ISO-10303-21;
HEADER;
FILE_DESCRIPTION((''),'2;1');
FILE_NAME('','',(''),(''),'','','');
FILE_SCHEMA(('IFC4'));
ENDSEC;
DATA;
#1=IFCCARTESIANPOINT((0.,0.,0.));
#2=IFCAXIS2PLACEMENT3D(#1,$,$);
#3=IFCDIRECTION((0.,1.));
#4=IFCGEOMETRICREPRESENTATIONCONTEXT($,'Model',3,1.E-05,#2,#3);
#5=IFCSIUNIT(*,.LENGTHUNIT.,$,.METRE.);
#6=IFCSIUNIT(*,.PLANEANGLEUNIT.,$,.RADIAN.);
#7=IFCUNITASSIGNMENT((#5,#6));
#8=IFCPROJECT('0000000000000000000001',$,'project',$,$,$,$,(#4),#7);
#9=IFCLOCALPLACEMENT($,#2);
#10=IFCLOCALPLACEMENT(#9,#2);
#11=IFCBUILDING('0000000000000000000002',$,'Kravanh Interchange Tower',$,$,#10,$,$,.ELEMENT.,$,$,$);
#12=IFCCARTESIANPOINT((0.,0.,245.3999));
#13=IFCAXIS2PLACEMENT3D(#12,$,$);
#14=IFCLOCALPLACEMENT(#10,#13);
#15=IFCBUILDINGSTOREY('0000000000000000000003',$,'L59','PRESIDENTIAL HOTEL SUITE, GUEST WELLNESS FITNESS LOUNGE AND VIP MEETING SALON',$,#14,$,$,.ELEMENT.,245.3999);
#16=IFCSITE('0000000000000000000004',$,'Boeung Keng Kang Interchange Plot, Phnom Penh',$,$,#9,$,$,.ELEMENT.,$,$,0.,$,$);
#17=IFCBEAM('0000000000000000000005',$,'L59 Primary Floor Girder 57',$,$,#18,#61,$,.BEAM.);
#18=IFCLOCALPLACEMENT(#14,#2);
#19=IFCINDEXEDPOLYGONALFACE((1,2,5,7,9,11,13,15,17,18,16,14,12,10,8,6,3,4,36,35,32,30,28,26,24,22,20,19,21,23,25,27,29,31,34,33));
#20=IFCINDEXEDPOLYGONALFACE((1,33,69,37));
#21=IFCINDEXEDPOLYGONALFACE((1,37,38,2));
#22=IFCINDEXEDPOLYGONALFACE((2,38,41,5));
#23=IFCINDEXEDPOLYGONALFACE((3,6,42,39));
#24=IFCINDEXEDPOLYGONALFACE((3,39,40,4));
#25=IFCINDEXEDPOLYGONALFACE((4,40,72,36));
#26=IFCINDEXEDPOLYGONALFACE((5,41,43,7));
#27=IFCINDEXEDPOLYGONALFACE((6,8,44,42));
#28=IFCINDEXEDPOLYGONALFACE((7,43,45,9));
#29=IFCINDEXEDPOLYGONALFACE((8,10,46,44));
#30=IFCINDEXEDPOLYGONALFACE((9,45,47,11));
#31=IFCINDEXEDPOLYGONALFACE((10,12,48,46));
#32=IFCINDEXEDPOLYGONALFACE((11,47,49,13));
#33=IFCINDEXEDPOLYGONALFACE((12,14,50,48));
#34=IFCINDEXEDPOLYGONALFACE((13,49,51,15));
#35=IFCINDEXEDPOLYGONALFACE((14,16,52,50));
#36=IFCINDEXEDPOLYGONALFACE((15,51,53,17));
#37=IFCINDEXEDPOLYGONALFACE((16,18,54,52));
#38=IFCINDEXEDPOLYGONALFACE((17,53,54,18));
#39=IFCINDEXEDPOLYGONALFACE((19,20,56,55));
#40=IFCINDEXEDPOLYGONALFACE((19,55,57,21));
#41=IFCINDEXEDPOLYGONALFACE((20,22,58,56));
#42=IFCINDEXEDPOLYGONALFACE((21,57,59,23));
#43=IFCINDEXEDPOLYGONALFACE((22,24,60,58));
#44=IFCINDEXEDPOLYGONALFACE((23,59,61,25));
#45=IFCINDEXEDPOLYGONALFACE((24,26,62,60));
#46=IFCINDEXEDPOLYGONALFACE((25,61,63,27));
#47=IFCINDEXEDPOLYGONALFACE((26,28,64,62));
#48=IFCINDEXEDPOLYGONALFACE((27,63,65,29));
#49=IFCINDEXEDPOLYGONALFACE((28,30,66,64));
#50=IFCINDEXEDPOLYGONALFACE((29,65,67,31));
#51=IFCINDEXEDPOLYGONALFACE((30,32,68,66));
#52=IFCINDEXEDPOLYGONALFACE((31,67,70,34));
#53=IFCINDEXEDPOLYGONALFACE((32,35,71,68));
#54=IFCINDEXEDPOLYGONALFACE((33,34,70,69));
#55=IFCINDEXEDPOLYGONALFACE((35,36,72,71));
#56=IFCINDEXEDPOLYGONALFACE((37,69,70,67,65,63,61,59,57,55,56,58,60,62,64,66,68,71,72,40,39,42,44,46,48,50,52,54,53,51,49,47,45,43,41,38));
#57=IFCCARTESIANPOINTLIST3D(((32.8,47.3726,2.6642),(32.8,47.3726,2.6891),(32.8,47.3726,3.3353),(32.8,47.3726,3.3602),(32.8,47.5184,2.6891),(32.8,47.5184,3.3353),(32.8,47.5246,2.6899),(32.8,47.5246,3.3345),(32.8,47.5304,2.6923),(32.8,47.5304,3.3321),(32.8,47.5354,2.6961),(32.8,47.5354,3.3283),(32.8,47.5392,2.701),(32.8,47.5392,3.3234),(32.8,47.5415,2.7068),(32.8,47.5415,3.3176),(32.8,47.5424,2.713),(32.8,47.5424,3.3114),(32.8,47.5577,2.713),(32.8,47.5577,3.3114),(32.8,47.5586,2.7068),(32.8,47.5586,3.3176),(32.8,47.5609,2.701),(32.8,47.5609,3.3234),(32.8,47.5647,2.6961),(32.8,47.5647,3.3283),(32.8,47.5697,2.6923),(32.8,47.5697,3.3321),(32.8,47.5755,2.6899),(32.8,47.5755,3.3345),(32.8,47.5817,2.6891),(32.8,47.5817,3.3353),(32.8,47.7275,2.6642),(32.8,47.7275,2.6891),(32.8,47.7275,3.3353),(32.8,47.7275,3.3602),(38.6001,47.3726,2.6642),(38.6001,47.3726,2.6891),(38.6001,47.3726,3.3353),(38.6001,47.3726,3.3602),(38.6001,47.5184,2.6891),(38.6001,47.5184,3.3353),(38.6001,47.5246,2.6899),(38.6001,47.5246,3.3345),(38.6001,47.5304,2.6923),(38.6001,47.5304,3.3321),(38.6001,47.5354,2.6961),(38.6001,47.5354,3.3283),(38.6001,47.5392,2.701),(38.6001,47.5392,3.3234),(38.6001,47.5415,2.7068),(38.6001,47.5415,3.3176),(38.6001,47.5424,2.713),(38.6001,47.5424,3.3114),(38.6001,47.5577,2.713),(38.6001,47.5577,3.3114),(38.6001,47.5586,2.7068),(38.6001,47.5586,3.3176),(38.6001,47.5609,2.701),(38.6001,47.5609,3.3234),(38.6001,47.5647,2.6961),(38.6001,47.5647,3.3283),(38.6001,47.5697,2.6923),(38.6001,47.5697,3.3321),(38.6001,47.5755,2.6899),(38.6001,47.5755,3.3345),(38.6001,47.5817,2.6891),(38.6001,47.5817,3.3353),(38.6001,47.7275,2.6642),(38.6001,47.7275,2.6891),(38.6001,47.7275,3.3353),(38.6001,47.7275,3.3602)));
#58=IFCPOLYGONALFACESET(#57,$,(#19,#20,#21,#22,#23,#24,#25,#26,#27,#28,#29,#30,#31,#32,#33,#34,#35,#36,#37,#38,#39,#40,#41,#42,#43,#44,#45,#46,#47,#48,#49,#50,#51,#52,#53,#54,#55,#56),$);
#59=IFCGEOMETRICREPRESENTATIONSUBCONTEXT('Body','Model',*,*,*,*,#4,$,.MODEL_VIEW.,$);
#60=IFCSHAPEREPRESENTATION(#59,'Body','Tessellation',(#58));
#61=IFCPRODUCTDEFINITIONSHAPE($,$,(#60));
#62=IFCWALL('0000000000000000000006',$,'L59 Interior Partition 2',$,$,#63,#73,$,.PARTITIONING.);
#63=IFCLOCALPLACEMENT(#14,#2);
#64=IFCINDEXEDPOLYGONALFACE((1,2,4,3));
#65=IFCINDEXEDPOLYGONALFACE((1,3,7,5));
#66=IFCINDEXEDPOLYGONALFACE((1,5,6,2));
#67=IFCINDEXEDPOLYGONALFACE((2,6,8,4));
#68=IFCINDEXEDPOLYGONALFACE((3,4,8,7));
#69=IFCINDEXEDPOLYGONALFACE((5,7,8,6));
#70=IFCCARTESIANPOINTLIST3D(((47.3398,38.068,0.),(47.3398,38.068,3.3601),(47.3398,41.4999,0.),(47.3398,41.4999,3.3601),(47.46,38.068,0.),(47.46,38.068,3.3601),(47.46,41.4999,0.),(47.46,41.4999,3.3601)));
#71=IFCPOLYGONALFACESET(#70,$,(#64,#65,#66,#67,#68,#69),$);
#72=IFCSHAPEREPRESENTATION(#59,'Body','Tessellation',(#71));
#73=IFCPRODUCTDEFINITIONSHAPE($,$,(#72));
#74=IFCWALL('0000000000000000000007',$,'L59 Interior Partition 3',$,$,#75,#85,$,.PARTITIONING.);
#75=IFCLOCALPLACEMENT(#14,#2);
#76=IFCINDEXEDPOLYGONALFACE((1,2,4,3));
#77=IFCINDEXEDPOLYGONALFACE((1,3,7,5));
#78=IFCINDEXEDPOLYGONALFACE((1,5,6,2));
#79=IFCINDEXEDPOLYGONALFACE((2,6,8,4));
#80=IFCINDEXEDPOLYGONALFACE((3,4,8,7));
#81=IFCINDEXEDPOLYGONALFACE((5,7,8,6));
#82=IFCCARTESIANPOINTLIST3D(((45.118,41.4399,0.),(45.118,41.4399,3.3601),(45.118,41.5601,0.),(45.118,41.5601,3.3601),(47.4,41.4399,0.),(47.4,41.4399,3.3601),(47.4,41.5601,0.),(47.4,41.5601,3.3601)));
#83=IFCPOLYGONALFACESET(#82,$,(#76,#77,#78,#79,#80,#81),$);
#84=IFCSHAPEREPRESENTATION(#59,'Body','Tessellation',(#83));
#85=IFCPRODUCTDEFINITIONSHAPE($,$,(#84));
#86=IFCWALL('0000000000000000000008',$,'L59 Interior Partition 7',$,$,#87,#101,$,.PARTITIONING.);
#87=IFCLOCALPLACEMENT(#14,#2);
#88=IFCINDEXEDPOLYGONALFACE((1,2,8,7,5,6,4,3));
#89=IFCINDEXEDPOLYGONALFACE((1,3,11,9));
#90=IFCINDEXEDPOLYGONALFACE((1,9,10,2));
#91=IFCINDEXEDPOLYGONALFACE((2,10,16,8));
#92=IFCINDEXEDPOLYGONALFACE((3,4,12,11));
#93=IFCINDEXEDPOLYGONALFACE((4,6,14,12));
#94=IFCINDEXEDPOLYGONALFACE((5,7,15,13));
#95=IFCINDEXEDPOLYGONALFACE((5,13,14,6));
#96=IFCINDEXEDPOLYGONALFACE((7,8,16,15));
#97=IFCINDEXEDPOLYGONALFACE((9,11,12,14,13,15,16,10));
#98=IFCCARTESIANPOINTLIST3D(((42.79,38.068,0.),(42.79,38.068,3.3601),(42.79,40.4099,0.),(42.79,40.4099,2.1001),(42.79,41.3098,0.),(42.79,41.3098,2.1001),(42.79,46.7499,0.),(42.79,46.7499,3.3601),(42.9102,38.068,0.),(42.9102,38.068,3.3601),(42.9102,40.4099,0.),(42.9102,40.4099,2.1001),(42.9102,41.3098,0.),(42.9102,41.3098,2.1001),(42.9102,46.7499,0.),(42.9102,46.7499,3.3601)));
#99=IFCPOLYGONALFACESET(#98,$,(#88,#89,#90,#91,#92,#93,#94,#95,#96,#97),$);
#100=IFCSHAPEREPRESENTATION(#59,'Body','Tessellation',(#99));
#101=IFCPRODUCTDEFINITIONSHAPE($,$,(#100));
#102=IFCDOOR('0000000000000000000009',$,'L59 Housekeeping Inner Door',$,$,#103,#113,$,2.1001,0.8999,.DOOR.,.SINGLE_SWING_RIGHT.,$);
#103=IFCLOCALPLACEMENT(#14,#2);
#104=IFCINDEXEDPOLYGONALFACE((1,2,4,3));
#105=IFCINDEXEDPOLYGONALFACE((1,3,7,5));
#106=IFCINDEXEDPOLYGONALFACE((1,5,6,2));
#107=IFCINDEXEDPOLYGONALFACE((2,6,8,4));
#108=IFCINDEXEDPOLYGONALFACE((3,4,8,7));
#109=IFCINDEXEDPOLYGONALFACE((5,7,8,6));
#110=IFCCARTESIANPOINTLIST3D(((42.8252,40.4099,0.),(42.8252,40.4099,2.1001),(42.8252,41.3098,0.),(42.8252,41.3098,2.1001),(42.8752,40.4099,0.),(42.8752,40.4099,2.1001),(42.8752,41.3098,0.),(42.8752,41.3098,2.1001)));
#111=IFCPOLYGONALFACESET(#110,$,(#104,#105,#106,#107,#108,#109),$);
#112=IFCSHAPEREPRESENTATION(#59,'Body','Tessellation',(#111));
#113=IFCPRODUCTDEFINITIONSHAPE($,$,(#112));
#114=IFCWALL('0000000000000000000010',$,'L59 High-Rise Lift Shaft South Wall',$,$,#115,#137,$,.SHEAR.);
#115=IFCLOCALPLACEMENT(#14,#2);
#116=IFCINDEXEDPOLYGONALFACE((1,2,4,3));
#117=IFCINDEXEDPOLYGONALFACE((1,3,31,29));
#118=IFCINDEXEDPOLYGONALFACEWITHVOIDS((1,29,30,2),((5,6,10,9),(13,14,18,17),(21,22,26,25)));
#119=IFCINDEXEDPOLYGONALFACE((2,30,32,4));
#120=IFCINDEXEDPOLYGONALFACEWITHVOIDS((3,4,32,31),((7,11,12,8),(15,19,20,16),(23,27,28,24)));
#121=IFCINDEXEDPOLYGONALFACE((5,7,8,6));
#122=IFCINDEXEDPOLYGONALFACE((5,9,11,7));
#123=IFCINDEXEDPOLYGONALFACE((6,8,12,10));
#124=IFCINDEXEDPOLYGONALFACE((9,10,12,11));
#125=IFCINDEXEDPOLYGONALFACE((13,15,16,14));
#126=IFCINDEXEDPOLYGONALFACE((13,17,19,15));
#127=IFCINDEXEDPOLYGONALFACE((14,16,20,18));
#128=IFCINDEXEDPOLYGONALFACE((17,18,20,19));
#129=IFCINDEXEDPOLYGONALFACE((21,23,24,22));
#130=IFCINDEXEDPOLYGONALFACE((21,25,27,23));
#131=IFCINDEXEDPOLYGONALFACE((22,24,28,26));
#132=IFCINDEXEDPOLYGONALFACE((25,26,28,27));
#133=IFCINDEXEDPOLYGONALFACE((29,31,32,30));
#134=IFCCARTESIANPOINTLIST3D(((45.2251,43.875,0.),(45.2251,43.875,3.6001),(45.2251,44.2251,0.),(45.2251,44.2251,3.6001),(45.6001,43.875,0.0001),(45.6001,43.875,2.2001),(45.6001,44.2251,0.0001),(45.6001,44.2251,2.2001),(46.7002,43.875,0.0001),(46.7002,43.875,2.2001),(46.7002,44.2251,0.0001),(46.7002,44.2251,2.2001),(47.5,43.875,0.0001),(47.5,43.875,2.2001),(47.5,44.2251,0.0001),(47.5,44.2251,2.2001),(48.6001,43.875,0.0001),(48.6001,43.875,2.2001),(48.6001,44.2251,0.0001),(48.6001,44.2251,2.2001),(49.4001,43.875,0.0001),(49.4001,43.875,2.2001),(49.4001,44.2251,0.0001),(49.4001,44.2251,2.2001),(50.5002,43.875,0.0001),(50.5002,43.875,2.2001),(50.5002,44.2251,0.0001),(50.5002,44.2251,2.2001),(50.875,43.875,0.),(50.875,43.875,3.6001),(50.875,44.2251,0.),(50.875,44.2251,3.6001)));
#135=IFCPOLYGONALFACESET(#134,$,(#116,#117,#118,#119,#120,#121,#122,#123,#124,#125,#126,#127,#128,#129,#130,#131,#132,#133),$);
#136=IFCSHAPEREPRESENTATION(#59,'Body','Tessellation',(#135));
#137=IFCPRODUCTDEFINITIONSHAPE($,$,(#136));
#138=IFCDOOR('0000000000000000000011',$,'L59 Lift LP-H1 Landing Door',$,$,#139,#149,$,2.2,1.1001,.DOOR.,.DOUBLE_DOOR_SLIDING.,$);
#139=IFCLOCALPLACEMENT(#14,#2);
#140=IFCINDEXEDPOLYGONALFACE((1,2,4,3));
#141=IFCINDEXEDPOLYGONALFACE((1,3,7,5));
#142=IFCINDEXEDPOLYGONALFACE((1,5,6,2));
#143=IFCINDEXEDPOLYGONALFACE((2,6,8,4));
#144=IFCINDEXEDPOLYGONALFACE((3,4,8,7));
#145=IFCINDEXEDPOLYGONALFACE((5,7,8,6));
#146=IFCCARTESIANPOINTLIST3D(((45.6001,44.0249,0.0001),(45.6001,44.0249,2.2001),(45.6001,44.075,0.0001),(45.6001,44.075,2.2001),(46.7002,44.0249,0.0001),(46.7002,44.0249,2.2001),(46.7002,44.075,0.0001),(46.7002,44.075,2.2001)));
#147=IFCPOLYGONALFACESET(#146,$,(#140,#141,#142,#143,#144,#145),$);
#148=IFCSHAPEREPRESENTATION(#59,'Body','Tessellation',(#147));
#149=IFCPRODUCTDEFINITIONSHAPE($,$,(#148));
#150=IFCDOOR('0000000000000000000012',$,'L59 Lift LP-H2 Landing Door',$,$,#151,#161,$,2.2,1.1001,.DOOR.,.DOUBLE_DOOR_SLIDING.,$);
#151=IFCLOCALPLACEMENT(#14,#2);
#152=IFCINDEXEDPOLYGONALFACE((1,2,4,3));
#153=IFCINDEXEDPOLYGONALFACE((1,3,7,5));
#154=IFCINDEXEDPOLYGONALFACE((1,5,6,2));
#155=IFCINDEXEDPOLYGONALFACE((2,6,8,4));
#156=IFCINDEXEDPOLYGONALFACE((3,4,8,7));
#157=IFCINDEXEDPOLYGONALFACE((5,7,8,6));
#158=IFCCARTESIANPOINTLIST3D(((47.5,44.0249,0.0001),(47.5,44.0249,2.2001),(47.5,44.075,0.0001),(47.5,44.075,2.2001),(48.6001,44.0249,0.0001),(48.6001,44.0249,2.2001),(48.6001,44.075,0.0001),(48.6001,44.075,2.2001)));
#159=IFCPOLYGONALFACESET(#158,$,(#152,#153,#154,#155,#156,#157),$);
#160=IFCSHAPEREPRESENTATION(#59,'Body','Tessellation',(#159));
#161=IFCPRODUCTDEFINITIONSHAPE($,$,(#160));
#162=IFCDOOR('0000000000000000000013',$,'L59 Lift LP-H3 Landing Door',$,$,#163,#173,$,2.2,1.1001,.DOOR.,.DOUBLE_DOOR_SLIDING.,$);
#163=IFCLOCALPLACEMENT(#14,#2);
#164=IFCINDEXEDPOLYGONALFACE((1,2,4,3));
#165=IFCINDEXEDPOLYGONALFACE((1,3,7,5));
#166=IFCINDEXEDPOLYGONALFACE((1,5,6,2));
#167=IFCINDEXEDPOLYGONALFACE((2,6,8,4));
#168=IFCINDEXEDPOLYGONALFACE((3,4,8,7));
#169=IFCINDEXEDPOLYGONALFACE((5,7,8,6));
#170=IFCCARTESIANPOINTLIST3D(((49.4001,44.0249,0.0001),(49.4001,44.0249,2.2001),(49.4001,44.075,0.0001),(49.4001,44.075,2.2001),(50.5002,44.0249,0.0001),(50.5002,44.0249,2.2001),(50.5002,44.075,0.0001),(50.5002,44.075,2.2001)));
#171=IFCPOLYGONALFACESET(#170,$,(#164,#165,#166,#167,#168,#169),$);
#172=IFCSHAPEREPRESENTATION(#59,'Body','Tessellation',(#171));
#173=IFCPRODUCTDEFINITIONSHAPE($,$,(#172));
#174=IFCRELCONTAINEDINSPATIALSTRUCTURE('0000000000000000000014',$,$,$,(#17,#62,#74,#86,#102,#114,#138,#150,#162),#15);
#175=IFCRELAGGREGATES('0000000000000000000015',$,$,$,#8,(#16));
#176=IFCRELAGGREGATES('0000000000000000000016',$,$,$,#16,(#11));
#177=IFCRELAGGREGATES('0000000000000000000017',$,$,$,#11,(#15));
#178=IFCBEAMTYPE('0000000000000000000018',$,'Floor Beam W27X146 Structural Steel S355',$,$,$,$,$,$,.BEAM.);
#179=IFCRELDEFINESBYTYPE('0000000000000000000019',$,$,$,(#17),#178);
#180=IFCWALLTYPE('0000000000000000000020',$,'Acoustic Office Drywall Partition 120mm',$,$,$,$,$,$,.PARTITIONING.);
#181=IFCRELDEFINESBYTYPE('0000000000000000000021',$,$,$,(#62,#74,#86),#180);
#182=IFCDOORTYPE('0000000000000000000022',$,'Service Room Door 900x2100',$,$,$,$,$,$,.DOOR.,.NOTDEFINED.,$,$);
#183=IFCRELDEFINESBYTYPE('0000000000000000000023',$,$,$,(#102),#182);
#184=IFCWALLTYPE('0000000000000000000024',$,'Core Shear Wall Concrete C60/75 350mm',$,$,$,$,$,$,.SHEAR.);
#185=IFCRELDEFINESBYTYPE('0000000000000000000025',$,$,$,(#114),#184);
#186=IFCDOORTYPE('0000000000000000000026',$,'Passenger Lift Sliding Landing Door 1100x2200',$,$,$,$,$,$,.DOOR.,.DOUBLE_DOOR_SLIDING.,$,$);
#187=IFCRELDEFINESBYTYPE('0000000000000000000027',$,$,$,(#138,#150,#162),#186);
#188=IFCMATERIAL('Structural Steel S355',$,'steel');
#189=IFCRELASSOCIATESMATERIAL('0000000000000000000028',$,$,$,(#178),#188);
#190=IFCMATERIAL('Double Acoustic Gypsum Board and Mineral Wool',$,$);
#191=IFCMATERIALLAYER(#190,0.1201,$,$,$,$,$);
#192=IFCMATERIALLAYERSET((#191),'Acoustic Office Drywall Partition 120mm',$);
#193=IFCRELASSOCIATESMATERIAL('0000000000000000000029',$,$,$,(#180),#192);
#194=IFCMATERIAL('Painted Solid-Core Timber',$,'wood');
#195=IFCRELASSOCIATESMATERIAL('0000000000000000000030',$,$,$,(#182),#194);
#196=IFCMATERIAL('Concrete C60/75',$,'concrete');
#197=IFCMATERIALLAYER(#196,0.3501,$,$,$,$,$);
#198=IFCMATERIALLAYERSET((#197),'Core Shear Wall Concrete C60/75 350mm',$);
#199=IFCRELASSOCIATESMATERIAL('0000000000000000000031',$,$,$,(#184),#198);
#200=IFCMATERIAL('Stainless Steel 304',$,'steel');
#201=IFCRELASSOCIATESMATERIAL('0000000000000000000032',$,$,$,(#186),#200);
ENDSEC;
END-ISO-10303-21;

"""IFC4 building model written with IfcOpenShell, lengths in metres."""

from ifc_helpers import new_model, si_unit, direction, frame, frame_2d, origin, origin_2d, place, context, subcontext, project, spatial, rectangle, i_section, extrude, material, layer, layer_set, material_profile, profile_set, type_object, element, fill, save


model = new_model("IFC4")

# Units and contexts
model_context = context("Model", 3, precision=1e-05, world=origin(), true_north=direction((0.0, 1.0)))
body_context = subcontext(model_context, "Body", "Model", "MODEL_VIEW")
ifc_project = project(units=[si_unit("LENGTHUNIT", "METRE"), si_unit("PLANEANGLEUNIT", "RADIAN")], contexts=[model_context])

# Site, building, storey
site_placement = place(None, origin())
site = spatial("IfcSite", under=ifc_project, at=site_placement, Name="Boeung Keng Kang Interchange Plot, Phnom Penh", CompositionType="ELEMENT", RefElevation=0.0)
building_placement = place(site_placement, origin())
building = spatial("IfcBuilding", under=site, at=building_placement, Name="Kravanh Interchange Tower", CompositionType="ELEMENT")
storey_placement = place(building_placement, frame((0.0, 0.0, 245.3999)))
storey = spatial("IfcBuildingStorey", under=building, at=storey_placement, Name="L59", Description="PRESIDENTIAL HOTEL SUITE, GUEST WELLNESS FITNESS LOUNGE AND VIP MEETING SALON", CompositionType="ELEMENT", Elevation=245.3999)

# Beam
ifc_material_1 = material(Name="Structural Steel S355", Category="steel")
ifc_material_profile_1 = material_profile(ifc_material_1, i_section(OverallWidth=0.355, OverallDepth=0.696, WebThickness=0.0154, FlangeThickness=0.0249, FilletRadius=0.0239, at=origin_2d()), Name="W27X146")
ifc_profile_set_1 = profile_set([ifc_material_profile_1], Name="Structural Steel S355")
beam_type = type_object("IfcBeamType", Name="Floor Beam W27X146 Structural Steel S355", PredefinedType="BEAM", material=ifc_profile_set_1)
beam_1_placement = place(storey_placement, frame((38.6001, 47.55, 3.0122), z_axis=(-1.0, 0.0, 0.0), x_axis=(0.0, -1.0, 0.0)))
element("IfcBeam", 1, at=beam_1_placement, inside=storey, type_object=beam_type, Name="L59 Primary Floor Girder 57", PredefinedType="BEAM", context=body_context, shape_type="SweptSolid", body=[
    extrude(i_section(OverallWidth=0.355, OverallDepth=0.696, WebThickness=0.0154, FlangeThickness=0.0249, FilletRadius=0.0239, at=origin_2d()), origin(), (0.0, 0.0, 1.0), 5.8),
])

# Walls
ifc_material_2 = material(Name="Double Acoustic Gypsum Board and Mineral Wool")
ifc_layer_1 = layer(ifc_material_2, 0.1201)
ifc_layer_set_1 = layer_set([ifc_layer_1], Name="Acoustic Office Drywall Partition 120mm")
wall_type_1 = type_object("IfcWallType", Name="Acoustic Office Drywall Partition 120mm", PredefinedType="PARTITIONING", material=ifc_layer_set_1)
wall_1_placement = place(storey_placement, frame((47.3999, 38.0681, 0.0), z_axis=(0.0, 0.0, 1.0), x_axis=(0.0, 1.0, 0.0)))
element("IfcWall", 2, at=wall_1_placement, inside=storey, type_object=wall_type_1, Name="L59 Interior Partition 2", PredefinedType="PARTITIONING", context=body_context, shape_type="SweptSolid", body=[
    extrude(rectangle(XDim=3.4319, YDim=0.1201, at=frame_2d((1.7158, 0.0))), origin(), (0.0, 0.0, 1.0), 3.3601),
])
wall_2_placement = place(storey_placement, frame((45.1179, 41.5, 0.0), z_axis=(0.0, 0.0, 1.0), x_axis=(1.0, 0.0, 0.0)))
element("IfcWall", 3, at=wall_2_placement, inside=storey, type_object=wall_type_1, Name="L59 Interior Partition 3", PredefinedType="PARTITIONING", context=body_context, shape_type="SweptSolid", body=[
    extrude(rectangle(XDim=2.282, YDim=0.1201, at=frame_2d((1.1411, 0.0))), origin(), (0.0, 0.0, 1.0), 3.3601),
])

# Wall, opening, door
wall_3_placement = place(storey_placement, frame((42.8501, 38.0681, 0.0), z_axis=(0.0, 0.0, 1.0), x_axis=(0.0, 1.0, 0.0)))
wall_3 = element("IfcWall", 4, at=wall_3_placement, inside=storey, type_object=wall_type_1, Name="L59 Interior Partition 7", PredefinedType="PARTITIONING", context=body_context, shape_type="SweptSolid", body=[
    extrude(rectangle(XDim=8.6819, YDim=0.1201, at=frame_2d((4.3408, 0.0))), origin(), (0.0, 0.0, 1.0), 3.3601),
])
opening_1_placement = place(wall_3_placement, frame((2.3418, 0.0, 0.0)))
opening_1 = element("IfcOpeningElement", 5, at=opening_1_placement, cuts=wall_3, PredefinedType="OPENING", context=body_context, shape_type="SweptSolid", body=[
    extrude(rectangle(XDim=0.8999, YDim=2.1001, at=frame_2d((0.45, 1.05))), frame((0.0, 0.0701, 0.0), z_axis=(0.0, -1.0, 0.0), x_axis=(1.0, 0.0, 0.0)), (0.0, 0.0, 1.0), 0.1401),
])
ifc_material_3 = material(Name="Painted Solid-Core Timber", Category="wood")
door_type_1 = type_object("IfcDoorType", Name="Service Room Door 900x2100", OperationType="NOTDEFINED", PredefinedType="DOOR", material=ifc_material_3)
door_1_placement = place(opening_1_placement, origin())
door_1 = element("IfcDoor", 6, at=door_1_placement, inside=storey, type_object=door_type_1, Name="L59 Housekeeping Inner Door", OperationType="SINGLE_SWING_RIGHT", OverallHeight=2.1001, OverallWidth=0.8999, PredefinedType="DOOR", context=body_context, shape_type="SweptSolid", body=[
    extrude(rectangle(XDim=0.8999, YDim=2.1001, at=frame_2d((0.45, 1.05))), frame((0.0, 0.0249, 0.0), z_axis=(0.0, -1.0, 0.0), x_axis=(1.0, 0.0, 0.0)), (0.0, 0.0, 1.0), 0.05),
])
fill(opening_1, door_1)

# Wall, openings, doors
ifc_material_4 = material(Name="Concrete C60/75", Category="concrete")
ifc_layer_2 = layer(ifc_material_4, 0.3501)
ifc_layer_set_2 = layer_set([ifc_layer_2], Name="Core Shear Wall Concrete C60/75 350mm")
wall_type_2 = type_object("IfcWallType", Name="Core Shear Wall Concrete C60/75 350mm", PredefinedType="SHEAR", material=ifc_layer_set_2)
wall_4_placement = place(storey_placement, frame((45.2251, 44.05, 0.0), z_axis=(0.0, 0.0, 1.0), x_axis=(1.0, 0.0, 0.0)))
wall_4 = element("IfcWall", 7, at=wall_4_placement, inside=storey, type_object=wall_type_2, Name="L59 High-Rise Lift Shaft South Wall", PredefinedType="SHEAR", context=body_context, shape_type="SweptSolid", body=[
    extrude(rectangle(XDim=5.6499, YDim=0.3501, at=frame_2d((2.825, 0.0))), origin(), (0.0, 0.0, 1.0), 3.6001),
])
opening_2_placement = place(wall_4_placement, frame((0.375, 0.0, 0.0)))
opening_2 = element("IfcOpeningElement", 8, at=opening_2_placement, cuts=wall_4, PredefinedType="OPENING", context=body_context, shape_type="SweptSolid", body=[
    extrude(rectangle(XDim=1.1001, YDim=2.2, at=frame_2d((0.55, 1.1001))), frame((0.0, 0.1851, 0.0), z_axis=(0.0, -1.0, 0.0), x_axis=(1.0, 0.0, 0.0)), (0.0, 0.0, 1.0), 0.3701),
])
opening_3_placement = place(wall_4_placement, frame((2.2749, 0.0, 0.0)))
opening_3 = element("IfcOpeningElement", 9, at=opening_3_placement, cuts=wall_4, PredefinedType="OPENING", context=body_context, shape_type="SweptSolid", body=[
    extrude(rectangle(XDim=1.1001, YDim=2.2, at=frame_2d((0.55, 1.1001))), frame((0.0, 0.1851, 0.0), z_axis=(0.0, -1.0, 0.0), x_axis=(1.0, 0.0, 0.0)), (0.0, 0.0, 1.0), 0.3701),
])
opening_4_placement = place(wall_4_placement, frame((4.175, 0.0, 0.0)))
opening_4 = element("IfcOpeningElement", 10, at=opening_4_placement, cuts=wall_4, PredefinedType="OPENING", context=body_context, shape_type="SweptSolid", body=[
    extrude(rectangle(XDim=1.1001, YDim=2.2, at=frame_2d((0.55, 1.1001))), frame((0.0, 0.1851, 0.0), z_axis=(0.0, -1.0, 0.0), x_axis=(1.0, 0.0, 0.0)), (0.0, 0.0, 1.0), 0.3701),
])
ifc_material_5 = material(Name="Stainless Steel 304", Category="steel")
door_type_2 = type_object("IfcDoorType", Name="Passenger Lift Sliding Landing Door 1100x2200", OperationType="DOUBLE_DOOR_SLIDING", PredefinedType="DOOR", material=ifc_material_5)
door_2_placement = place(opening_2_placement, origin())
door_2 = element("IfcDoor", 11, at=door_2_placement, inside=storey, type_object=door_type_2, Name="L59 Lift LP-H1 Landing Door", OperationType="DOUBLE_DOOR_SLIDING", OverallHeight=2.2, OverallWidth=1.1001, PredefinedType="DOOR", context=body_context, shape_type="SweptSolid", body=[
    extrude(rectangle(XDim=1.1001, YDim=2.2, at=frame_2d((0.55, 1.1001))), frame((0.0, 0.0249, 0.0), z_axis=(0.0, -1.0, 0.0), x_axis=(1.0, 0.0, 0.0)), (0.0, 0.0, 1.0), 0.05),
])
fill(opening_2, door_2)
door_3_placement = place(opening_3_placement, origin())
door_3 = element("IfcDoor", 12, at=door_3_placement, inside=storey, type_object=door_type_2, Name="L59 Lift LP-H2 Landing Door", OperationType="DOUBLE_DOOR_SLIDING", OverallHeight=2.2, OverallWidth=1.1001, PredefinedType="DOOR", context=body_context, shape_type="SweptSolid", body=[
    extrude(rectangle(XDim=1.1001, YDim=2.2, at=frame_2d((0.55, 1.1001))), frame((0.0, 0.0249, 0.0), z_axis=(0.0, -1.0, 0.0), x_axis=(1.0, 0.0, 0.0)), (0.0, 0.0, 1.0), 0.05),
])
fill(opening_3, door_3)
door_4_placement = place(opening_4_placement, origin())
door_4 = element("IfcDoor", 13, at=door_4_placement, inside=storey, type_object=door_type_2, Name="L59 Lift LP-H3 Landing Door", OperationType="DOUBLE_DOOR_SLIDING", OverallHeight=2.2, OverallWidth=1.1001, PredefinedType="DOOR", context=body_context, shape_type="SweptSolid", body=[
    extrude(rectangle(XDim=1.1001, YDim=2.2, at=frame_2d((0.55, 1.1001))), frame((0.0, 0.0249, 0.0), z_axis=(0.0, -1.0, 0.0), x_axis=(1.0, 0.0, 0.0)), (0.0, 0.0, 1.0), 0.05),
])
fill(opening_4, door_4)

save(model, "model.ifc")
